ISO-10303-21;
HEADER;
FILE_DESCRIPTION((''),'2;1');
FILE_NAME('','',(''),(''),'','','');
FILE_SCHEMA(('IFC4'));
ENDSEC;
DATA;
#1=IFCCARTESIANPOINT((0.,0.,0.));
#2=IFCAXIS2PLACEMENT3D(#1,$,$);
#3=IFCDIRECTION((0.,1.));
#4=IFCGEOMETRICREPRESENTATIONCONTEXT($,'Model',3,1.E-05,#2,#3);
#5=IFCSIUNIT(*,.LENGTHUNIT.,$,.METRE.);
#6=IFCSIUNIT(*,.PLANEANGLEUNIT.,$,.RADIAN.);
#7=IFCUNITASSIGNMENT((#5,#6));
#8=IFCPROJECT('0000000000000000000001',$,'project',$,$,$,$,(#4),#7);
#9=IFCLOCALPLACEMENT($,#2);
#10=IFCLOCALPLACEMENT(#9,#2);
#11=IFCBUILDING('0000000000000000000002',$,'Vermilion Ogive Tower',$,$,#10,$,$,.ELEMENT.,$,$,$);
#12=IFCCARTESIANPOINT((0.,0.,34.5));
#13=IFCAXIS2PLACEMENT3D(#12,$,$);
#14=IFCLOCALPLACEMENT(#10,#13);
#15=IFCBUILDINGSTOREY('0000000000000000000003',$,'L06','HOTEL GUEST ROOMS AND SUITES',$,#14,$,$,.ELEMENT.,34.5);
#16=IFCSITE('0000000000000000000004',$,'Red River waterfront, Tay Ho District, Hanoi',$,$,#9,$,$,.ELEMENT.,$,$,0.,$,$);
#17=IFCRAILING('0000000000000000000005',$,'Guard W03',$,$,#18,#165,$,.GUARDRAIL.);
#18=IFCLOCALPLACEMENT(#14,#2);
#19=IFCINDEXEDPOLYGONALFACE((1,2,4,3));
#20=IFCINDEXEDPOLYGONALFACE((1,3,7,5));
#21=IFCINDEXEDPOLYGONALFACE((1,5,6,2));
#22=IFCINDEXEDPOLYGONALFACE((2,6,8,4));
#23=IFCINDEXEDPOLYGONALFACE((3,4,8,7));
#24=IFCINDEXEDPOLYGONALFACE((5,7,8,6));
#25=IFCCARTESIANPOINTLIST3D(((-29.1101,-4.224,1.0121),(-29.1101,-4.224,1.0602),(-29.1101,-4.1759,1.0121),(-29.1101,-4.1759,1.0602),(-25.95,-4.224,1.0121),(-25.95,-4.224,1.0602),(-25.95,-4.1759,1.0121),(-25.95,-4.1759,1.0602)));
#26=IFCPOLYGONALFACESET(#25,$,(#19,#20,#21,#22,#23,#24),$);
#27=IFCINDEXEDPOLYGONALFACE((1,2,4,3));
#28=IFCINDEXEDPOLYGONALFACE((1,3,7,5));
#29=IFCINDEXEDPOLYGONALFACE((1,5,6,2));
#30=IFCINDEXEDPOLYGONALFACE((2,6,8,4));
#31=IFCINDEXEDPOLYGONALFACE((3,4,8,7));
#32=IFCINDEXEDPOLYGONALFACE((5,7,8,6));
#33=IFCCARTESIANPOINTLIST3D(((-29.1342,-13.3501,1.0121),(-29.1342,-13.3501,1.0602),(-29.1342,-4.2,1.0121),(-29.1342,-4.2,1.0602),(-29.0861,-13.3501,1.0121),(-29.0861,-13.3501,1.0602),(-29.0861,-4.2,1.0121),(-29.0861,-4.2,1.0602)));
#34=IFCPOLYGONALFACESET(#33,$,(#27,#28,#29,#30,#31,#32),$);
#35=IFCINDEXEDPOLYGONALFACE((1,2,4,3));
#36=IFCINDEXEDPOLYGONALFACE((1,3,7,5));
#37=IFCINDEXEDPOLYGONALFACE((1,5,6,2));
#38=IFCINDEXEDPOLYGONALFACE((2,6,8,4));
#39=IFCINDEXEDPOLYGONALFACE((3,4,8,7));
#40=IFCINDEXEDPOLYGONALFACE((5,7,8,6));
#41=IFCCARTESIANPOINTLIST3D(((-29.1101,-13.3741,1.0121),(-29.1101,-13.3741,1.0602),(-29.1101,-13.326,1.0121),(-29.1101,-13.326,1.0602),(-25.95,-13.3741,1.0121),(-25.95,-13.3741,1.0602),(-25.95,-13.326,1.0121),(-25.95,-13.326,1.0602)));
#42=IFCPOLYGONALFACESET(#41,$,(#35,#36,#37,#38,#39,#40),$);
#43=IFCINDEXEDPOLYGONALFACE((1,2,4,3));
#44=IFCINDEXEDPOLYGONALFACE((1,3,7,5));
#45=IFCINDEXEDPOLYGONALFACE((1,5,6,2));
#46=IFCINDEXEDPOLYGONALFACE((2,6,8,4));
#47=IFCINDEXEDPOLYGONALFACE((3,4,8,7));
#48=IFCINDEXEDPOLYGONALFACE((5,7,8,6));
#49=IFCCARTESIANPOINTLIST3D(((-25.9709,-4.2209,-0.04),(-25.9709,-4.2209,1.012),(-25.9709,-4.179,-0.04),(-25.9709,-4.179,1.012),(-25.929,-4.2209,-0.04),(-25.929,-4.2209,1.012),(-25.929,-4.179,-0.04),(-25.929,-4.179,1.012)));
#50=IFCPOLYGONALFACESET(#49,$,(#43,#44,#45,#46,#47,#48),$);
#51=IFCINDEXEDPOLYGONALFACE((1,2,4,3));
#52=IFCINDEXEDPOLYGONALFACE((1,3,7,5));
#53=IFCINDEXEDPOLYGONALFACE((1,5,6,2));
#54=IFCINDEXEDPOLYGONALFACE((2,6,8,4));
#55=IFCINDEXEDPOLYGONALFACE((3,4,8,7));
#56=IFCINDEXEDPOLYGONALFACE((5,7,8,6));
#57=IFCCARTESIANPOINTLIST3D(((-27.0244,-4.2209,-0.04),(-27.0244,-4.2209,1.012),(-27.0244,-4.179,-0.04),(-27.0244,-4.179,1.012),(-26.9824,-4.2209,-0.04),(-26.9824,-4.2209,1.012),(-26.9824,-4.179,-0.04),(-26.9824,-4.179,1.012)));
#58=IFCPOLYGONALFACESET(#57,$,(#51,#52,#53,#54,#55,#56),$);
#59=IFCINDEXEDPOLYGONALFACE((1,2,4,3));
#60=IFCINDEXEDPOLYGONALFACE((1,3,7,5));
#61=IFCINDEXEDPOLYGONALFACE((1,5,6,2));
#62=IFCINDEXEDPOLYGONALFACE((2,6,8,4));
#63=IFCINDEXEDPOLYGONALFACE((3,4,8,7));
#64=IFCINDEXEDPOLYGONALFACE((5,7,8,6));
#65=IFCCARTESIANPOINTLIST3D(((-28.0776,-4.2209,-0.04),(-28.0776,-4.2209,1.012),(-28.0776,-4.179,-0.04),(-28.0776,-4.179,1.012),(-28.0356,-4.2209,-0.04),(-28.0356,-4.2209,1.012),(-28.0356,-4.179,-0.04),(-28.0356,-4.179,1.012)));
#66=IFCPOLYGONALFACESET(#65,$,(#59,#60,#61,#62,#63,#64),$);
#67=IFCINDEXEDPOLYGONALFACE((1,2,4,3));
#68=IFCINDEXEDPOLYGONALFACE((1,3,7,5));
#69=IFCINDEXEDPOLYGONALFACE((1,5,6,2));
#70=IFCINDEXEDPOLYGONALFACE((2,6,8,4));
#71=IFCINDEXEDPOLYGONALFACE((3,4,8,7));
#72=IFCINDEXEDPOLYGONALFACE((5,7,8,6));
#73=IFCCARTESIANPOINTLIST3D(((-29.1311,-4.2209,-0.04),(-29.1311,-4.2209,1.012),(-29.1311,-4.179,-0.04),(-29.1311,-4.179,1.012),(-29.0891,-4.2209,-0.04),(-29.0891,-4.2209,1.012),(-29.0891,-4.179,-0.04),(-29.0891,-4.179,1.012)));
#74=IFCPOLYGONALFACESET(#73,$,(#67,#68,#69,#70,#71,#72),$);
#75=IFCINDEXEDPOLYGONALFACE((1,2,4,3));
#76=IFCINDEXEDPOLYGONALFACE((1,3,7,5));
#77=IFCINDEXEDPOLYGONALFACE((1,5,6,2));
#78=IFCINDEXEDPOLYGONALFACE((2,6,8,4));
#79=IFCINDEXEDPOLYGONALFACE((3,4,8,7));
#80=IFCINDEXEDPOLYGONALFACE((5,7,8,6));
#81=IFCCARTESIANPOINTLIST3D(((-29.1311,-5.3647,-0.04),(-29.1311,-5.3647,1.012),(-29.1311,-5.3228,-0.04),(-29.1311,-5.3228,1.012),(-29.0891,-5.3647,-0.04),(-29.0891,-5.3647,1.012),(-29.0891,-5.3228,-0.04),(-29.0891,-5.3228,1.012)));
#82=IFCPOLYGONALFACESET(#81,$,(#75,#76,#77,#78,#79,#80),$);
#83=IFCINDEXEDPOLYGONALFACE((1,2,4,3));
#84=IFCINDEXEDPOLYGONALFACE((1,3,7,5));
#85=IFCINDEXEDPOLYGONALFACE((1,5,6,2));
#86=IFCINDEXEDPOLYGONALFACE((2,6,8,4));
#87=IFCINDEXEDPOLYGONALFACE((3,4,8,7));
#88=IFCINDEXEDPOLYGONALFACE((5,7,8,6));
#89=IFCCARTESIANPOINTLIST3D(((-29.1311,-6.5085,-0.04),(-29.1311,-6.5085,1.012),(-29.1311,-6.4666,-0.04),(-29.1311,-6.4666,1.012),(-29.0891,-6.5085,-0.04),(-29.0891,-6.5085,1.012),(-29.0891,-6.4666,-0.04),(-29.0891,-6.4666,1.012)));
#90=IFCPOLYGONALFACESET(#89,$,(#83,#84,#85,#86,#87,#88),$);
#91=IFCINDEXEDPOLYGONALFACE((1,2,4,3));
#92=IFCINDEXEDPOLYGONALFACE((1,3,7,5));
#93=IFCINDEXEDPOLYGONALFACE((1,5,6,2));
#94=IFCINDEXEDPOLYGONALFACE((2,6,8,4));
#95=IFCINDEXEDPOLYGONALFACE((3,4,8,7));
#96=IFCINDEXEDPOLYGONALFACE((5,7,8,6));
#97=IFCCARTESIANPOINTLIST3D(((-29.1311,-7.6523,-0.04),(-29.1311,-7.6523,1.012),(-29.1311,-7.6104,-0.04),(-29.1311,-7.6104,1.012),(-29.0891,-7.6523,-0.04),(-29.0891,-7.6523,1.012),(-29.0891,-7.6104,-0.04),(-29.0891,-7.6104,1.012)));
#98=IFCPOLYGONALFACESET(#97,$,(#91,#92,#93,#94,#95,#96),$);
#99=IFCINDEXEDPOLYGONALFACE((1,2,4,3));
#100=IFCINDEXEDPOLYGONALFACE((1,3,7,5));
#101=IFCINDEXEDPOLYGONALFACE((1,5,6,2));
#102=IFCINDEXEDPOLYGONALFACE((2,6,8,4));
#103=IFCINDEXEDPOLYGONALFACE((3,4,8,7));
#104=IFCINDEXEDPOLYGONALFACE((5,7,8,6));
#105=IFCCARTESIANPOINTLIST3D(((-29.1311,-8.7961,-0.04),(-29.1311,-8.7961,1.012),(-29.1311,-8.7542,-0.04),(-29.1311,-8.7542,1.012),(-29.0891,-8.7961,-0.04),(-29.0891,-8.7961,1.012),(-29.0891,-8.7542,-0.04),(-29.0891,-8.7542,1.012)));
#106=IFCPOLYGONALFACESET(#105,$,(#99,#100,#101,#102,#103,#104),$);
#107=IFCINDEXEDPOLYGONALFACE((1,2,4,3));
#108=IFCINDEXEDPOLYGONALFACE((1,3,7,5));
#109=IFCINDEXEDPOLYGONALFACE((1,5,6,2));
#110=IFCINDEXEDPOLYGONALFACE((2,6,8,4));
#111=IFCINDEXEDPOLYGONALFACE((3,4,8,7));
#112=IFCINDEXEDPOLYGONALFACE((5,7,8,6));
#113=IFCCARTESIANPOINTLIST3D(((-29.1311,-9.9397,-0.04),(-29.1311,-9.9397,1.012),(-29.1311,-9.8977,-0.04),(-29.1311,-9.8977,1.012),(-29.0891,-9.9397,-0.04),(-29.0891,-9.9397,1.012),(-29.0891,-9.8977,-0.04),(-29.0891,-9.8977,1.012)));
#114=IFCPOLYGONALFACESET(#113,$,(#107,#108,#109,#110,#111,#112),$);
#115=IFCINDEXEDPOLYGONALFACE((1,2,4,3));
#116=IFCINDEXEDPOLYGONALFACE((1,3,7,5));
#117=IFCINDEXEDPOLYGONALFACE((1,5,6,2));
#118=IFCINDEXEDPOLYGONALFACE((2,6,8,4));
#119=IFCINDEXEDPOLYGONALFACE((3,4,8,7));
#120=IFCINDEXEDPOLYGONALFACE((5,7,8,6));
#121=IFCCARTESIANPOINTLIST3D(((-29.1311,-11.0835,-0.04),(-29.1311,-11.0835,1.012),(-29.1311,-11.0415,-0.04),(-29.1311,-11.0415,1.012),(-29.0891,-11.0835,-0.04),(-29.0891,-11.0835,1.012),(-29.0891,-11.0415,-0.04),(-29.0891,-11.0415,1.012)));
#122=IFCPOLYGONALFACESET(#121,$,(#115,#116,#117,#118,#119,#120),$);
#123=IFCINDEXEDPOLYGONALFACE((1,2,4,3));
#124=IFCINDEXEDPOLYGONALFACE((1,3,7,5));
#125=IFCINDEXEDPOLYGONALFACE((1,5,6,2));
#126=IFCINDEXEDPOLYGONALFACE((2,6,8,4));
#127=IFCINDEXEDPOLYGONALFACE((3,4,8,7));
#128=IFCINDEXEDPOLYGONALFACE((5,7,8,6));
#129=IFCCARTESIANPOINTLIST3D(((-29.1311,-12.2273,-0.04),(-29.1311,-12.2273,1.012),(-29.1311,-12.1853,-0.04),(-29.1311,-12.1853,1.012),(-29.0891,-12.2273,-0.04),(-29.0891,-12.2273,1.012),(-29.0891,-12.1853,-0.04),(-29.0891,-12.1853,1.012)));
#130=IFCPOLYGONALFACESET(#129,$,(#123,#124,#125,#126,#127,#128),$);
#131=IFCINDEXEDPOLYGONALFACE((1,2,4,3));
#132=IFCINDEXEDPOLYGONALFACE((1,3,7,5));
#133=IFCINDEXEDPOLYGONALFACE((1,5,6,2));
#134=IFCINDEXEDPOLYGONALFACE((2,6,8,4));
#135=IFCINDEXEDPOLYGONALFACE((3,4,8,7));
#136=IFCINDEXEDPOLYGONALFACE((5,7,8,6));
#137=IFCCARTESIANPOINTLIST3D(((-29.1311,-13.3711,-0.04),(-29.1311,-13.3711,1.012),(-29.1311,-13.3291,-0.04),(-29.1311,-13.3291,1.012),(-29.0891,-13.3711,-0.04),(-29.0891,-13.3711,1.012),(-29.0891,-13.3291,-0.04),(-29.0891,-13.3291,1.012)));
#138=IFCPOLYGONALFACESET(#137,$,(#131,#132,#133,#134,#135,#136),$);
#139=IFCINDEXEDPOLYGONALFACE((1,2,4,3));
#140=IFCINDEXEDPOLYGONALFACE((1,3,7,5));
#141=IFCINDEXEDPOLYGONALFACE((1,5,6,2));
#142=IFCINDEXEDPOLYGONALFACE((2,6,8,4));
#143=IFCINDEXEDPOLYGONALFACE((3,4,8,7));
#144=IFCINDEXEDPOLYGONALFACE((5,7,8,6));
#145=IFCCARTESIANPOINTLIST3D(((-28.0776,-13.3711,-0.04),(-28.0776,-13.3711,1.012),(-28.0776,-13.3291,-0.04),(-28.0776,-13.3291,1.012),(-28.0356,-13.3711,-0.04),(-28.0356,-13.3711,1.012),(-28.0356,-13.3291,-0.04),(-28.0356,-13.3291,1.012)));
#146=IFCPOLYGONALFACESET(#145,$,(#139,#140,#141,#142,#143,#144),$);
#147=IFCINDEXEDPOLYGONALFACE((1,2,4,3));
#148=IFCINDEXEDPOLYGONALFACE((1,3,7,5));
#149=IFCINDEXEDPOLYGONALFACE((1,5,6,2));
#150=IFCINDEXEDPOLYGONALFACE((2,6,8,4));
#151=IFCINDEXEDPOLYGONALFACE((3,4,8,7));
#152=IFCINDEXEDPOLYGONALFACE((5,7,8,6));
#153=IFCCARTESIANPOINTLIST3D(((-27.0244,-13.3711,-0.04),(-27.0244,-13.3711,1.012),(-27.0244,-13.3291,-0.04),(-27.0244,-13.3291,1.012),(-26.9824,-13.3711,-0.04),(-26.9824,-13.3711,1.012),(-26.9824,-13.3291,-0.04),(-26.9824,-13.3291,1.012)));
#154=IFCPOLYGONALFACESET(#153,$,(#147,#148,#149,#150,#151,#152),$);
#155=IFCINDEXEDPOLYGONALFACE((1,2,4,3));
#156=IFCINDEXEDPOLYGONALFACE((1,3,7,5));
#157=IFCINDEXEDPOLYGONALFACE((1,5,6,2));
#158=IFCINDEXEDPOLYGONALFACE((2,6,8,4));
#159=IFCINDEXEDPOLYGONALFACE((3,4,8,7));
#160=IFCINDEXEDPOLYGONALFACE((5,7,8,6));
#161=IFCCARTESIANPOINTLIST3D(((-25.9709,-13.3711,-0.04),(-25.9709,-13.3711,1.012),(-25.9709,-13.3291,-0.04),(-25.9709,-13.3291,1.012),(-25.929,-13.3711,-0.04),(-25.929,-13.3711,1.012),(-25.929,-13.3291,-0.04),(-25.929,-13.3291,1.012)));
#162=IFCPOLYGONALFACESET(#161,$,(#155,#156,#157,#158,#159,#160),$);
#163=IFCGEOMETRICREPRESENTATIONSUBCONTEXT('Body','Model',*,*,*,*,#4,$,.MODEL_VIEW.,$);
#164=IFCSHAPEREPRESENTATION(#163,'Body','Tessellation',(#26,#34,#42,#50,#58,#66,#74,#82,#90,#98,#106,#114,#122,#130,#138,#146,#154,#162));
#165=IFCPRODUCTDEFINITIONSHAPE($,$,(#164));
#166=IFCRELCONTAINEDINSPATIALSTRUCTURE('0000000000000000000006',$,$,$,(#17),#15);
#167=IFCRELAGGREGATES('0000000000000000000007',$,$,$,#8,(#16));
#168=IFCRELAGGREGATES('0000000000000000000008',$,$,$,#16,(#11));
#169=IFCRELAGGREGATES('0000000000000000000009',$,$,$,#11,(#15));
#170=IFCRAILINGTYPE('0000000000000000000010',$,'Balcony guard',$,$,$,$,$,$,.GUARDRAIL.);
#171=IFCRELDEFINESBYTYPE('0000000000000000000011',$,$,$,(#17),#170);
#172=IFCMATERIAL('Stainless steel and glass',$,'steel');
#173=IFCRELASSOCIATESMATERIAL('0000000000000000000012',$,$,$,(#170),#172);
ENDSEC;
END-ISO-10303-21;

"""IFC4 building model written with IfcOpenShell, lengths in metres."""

from ifc_helpers import new_model, si_unit, direction, frame, origin, origin_2d, place, context, subcontext, project, spatial, rectangle, extrude, material, type_object, element, save


model = new_model("IFC4")

# Units and contexts
model_context = context("Model", 3, precision=1e-05, world=origin(), true_north=direction((0.0, 1.0)))
body_context = subcontext(model_context, "Body", "Model", "MODEL_VIEW")
ifc_project = project(units=[si_unit("LENGTHUNIT", "METRE"), si_unit("PLANEANGLEUNIT", "RADIAN")], contexts=[model_context])

# Site, building, storey
site_placement = place(None, origin())
site = spatial("IfcSite", under=ifc_project, at=site_placement, Name="Red River waterfront, Tay Ho District, Hanoi", CompositionType="ELEMENT", RefElevation=0.0)
building_placement = place(site_placement, origin())
building = spatial("IfcBuilding", under=site, at=building_placement, Name="Vermilion Ogive Tower", CompositionType="ELEMENT")
storey_placement = place(building_placement, frame((0.0, 0.0, 34.5)))
storey = spatial("IfcBuildingStorey", under=building, at=storey_placement, Name="L06", Description="HOTEL GUEST ROOMS AND SUITES", CompositionType="ELEMENT", Elevation=34.5)

# Railing
ifc_material_1 = material(Name="Stainless steel and glass", Category="steel")
railing_type = type_object("IfcRailingType", Name="Balcony guard", PredefinedType="GUARDRAIL", material=ifc_material_1)
railing_placement = place(storey_placement, frame((-25.95, -4.2, -0.04)))
element("IfcRailing", 1, at=railing_placement, inside=storey, type_object=railing_type, Name="Guard W03", PredefinedType="GUARDRAIL", context=body_context, shape_type="SweptSolid", body=[
    extrude(rectangle(XDim=0.0481, YDim=0.0481, at=origin_2d()), frame((0.0, 0.0, 1.0762), z_axis=(-1.0, 0.0, 0.0), x_axis=(0.0, -1.0, 0.0)), (0.0, 0.0, 1.0), 3.1602),
    extrude(rectangle(XDim=0.0481, YDim=0.0481, at=origin_2d()), frame((-3.1602, 0.0, 1.0762), z_axis=(0.0, -1.0, 0.0), x_axis=(1.0, 0.0, 0.0)), (0.0, 0.0, 1.0), 9.1501),
    extrude(rectangle(XDim=0.0481, YDim=0.0481, at=origin_2d()), frame((-3.1602, -9.1501, 1.0762), z_axis=(1.0, 0.0, 0.0), x_axis=(0.0, 1.0, 0.0)), (0.0, 0.0, 1.0), 3.1602),
    extrude(rectangle(XDim=0.042, YDim=0.042, at=origin_2d()), origin(), (0.0, 0.0, 1.0), 1.052),
    extrude(rectangle(XDim=0.042, YDim=0.042, at=origin_2d()), frame((-1.0535, 0.0, 0.0)), (0.0, 0.0, 1.0), 1.052),
    extrude(rectangle(XDim=0.042, YDim=0.042, at=origin_2d()), frame((-2.1067, 0.0, 0.0)), (0.0, 0.0, 1.0), 1.052),
    extrude(rectangle(XDim=0.042, YDim=0.042, at=origin_2d()), frame((-3.1602, 0.0, 0.0)), (0.0, 0.0, 1.0), 1.052),
    extrude(rectangle(XDim=0.042, YDim=0.042, at=origin_2d()), frame((-3.1602, -1.1438, 0.0)), (0.0, 0.0, 1.0), 1.052),
    extrude(rectangle(XDim=0.042, YDim=0.042, at=origin_2d()), frame((-3.1602, -2.2876, 0.0)), (0.0, 0.0, 1.0), 1.052),
    extrude(rectangle(XDim=0.042, YDim=0.042, at=origin_2d()), frame((-3.1602, -3.4314, 0.0)), (0.0, 0.0, 1.0), 1.052),
    extrude(rectangle(XDim=0.042, YDim=0.042, at=origin_2d()), frame((-3.1602, -4.5752, 0.0)), (0.0, 0.0, 1.0), 1.052),
    extrude(rectangle(XDim=0.042, YDim=0.042, at=origin_2d()), frame((-3.1602, -5.7188, 0.0)), (0.0, 0.0, 1.0), 1.052),
    extrude(rectangle(XDim=0.042, YDim=0.042, at=origin_2d()), frame((-3.1602, -6.8625, 0.0)), (0.0, 0.0, 1.0), 1.052),
    extrude(rectangle(XDim=0.042, YDim=0.042, at=origin_2d()), frame((-3.1602, -8.0063, 0.0)), (0.0, 0.0, 1.0), 1.052),
    extrude(rectangle(XDim=0.042, YDim=0.042, at=origin_2d()), frame((-3.1602, -9.1501, 0.0)), (0.0, 0.0, 1.0), 1.052),
    extrude(rectangle(XDim=0.042, YDim=0.042, at=origin_2d()), frame((-2.1067, -9.1501, 0.0)), (0.0, 0.0, 1.0), 1.052),
    extrude(rectangle(XDim=0.042, YDim=0.042, at=origin_2d()), frame((-1.0535, -9.1501, 0.0)), (0.0, 0.0, 1.0), 1.052),
    extrude(rectangle(XDim=0.042, YDim=0.042, at=origin_2d()), frame((0.0, -9.1501, 0.0)), (0.0, 0.0, 1.0), 1.052),
])

save(model, "model.ifc")
